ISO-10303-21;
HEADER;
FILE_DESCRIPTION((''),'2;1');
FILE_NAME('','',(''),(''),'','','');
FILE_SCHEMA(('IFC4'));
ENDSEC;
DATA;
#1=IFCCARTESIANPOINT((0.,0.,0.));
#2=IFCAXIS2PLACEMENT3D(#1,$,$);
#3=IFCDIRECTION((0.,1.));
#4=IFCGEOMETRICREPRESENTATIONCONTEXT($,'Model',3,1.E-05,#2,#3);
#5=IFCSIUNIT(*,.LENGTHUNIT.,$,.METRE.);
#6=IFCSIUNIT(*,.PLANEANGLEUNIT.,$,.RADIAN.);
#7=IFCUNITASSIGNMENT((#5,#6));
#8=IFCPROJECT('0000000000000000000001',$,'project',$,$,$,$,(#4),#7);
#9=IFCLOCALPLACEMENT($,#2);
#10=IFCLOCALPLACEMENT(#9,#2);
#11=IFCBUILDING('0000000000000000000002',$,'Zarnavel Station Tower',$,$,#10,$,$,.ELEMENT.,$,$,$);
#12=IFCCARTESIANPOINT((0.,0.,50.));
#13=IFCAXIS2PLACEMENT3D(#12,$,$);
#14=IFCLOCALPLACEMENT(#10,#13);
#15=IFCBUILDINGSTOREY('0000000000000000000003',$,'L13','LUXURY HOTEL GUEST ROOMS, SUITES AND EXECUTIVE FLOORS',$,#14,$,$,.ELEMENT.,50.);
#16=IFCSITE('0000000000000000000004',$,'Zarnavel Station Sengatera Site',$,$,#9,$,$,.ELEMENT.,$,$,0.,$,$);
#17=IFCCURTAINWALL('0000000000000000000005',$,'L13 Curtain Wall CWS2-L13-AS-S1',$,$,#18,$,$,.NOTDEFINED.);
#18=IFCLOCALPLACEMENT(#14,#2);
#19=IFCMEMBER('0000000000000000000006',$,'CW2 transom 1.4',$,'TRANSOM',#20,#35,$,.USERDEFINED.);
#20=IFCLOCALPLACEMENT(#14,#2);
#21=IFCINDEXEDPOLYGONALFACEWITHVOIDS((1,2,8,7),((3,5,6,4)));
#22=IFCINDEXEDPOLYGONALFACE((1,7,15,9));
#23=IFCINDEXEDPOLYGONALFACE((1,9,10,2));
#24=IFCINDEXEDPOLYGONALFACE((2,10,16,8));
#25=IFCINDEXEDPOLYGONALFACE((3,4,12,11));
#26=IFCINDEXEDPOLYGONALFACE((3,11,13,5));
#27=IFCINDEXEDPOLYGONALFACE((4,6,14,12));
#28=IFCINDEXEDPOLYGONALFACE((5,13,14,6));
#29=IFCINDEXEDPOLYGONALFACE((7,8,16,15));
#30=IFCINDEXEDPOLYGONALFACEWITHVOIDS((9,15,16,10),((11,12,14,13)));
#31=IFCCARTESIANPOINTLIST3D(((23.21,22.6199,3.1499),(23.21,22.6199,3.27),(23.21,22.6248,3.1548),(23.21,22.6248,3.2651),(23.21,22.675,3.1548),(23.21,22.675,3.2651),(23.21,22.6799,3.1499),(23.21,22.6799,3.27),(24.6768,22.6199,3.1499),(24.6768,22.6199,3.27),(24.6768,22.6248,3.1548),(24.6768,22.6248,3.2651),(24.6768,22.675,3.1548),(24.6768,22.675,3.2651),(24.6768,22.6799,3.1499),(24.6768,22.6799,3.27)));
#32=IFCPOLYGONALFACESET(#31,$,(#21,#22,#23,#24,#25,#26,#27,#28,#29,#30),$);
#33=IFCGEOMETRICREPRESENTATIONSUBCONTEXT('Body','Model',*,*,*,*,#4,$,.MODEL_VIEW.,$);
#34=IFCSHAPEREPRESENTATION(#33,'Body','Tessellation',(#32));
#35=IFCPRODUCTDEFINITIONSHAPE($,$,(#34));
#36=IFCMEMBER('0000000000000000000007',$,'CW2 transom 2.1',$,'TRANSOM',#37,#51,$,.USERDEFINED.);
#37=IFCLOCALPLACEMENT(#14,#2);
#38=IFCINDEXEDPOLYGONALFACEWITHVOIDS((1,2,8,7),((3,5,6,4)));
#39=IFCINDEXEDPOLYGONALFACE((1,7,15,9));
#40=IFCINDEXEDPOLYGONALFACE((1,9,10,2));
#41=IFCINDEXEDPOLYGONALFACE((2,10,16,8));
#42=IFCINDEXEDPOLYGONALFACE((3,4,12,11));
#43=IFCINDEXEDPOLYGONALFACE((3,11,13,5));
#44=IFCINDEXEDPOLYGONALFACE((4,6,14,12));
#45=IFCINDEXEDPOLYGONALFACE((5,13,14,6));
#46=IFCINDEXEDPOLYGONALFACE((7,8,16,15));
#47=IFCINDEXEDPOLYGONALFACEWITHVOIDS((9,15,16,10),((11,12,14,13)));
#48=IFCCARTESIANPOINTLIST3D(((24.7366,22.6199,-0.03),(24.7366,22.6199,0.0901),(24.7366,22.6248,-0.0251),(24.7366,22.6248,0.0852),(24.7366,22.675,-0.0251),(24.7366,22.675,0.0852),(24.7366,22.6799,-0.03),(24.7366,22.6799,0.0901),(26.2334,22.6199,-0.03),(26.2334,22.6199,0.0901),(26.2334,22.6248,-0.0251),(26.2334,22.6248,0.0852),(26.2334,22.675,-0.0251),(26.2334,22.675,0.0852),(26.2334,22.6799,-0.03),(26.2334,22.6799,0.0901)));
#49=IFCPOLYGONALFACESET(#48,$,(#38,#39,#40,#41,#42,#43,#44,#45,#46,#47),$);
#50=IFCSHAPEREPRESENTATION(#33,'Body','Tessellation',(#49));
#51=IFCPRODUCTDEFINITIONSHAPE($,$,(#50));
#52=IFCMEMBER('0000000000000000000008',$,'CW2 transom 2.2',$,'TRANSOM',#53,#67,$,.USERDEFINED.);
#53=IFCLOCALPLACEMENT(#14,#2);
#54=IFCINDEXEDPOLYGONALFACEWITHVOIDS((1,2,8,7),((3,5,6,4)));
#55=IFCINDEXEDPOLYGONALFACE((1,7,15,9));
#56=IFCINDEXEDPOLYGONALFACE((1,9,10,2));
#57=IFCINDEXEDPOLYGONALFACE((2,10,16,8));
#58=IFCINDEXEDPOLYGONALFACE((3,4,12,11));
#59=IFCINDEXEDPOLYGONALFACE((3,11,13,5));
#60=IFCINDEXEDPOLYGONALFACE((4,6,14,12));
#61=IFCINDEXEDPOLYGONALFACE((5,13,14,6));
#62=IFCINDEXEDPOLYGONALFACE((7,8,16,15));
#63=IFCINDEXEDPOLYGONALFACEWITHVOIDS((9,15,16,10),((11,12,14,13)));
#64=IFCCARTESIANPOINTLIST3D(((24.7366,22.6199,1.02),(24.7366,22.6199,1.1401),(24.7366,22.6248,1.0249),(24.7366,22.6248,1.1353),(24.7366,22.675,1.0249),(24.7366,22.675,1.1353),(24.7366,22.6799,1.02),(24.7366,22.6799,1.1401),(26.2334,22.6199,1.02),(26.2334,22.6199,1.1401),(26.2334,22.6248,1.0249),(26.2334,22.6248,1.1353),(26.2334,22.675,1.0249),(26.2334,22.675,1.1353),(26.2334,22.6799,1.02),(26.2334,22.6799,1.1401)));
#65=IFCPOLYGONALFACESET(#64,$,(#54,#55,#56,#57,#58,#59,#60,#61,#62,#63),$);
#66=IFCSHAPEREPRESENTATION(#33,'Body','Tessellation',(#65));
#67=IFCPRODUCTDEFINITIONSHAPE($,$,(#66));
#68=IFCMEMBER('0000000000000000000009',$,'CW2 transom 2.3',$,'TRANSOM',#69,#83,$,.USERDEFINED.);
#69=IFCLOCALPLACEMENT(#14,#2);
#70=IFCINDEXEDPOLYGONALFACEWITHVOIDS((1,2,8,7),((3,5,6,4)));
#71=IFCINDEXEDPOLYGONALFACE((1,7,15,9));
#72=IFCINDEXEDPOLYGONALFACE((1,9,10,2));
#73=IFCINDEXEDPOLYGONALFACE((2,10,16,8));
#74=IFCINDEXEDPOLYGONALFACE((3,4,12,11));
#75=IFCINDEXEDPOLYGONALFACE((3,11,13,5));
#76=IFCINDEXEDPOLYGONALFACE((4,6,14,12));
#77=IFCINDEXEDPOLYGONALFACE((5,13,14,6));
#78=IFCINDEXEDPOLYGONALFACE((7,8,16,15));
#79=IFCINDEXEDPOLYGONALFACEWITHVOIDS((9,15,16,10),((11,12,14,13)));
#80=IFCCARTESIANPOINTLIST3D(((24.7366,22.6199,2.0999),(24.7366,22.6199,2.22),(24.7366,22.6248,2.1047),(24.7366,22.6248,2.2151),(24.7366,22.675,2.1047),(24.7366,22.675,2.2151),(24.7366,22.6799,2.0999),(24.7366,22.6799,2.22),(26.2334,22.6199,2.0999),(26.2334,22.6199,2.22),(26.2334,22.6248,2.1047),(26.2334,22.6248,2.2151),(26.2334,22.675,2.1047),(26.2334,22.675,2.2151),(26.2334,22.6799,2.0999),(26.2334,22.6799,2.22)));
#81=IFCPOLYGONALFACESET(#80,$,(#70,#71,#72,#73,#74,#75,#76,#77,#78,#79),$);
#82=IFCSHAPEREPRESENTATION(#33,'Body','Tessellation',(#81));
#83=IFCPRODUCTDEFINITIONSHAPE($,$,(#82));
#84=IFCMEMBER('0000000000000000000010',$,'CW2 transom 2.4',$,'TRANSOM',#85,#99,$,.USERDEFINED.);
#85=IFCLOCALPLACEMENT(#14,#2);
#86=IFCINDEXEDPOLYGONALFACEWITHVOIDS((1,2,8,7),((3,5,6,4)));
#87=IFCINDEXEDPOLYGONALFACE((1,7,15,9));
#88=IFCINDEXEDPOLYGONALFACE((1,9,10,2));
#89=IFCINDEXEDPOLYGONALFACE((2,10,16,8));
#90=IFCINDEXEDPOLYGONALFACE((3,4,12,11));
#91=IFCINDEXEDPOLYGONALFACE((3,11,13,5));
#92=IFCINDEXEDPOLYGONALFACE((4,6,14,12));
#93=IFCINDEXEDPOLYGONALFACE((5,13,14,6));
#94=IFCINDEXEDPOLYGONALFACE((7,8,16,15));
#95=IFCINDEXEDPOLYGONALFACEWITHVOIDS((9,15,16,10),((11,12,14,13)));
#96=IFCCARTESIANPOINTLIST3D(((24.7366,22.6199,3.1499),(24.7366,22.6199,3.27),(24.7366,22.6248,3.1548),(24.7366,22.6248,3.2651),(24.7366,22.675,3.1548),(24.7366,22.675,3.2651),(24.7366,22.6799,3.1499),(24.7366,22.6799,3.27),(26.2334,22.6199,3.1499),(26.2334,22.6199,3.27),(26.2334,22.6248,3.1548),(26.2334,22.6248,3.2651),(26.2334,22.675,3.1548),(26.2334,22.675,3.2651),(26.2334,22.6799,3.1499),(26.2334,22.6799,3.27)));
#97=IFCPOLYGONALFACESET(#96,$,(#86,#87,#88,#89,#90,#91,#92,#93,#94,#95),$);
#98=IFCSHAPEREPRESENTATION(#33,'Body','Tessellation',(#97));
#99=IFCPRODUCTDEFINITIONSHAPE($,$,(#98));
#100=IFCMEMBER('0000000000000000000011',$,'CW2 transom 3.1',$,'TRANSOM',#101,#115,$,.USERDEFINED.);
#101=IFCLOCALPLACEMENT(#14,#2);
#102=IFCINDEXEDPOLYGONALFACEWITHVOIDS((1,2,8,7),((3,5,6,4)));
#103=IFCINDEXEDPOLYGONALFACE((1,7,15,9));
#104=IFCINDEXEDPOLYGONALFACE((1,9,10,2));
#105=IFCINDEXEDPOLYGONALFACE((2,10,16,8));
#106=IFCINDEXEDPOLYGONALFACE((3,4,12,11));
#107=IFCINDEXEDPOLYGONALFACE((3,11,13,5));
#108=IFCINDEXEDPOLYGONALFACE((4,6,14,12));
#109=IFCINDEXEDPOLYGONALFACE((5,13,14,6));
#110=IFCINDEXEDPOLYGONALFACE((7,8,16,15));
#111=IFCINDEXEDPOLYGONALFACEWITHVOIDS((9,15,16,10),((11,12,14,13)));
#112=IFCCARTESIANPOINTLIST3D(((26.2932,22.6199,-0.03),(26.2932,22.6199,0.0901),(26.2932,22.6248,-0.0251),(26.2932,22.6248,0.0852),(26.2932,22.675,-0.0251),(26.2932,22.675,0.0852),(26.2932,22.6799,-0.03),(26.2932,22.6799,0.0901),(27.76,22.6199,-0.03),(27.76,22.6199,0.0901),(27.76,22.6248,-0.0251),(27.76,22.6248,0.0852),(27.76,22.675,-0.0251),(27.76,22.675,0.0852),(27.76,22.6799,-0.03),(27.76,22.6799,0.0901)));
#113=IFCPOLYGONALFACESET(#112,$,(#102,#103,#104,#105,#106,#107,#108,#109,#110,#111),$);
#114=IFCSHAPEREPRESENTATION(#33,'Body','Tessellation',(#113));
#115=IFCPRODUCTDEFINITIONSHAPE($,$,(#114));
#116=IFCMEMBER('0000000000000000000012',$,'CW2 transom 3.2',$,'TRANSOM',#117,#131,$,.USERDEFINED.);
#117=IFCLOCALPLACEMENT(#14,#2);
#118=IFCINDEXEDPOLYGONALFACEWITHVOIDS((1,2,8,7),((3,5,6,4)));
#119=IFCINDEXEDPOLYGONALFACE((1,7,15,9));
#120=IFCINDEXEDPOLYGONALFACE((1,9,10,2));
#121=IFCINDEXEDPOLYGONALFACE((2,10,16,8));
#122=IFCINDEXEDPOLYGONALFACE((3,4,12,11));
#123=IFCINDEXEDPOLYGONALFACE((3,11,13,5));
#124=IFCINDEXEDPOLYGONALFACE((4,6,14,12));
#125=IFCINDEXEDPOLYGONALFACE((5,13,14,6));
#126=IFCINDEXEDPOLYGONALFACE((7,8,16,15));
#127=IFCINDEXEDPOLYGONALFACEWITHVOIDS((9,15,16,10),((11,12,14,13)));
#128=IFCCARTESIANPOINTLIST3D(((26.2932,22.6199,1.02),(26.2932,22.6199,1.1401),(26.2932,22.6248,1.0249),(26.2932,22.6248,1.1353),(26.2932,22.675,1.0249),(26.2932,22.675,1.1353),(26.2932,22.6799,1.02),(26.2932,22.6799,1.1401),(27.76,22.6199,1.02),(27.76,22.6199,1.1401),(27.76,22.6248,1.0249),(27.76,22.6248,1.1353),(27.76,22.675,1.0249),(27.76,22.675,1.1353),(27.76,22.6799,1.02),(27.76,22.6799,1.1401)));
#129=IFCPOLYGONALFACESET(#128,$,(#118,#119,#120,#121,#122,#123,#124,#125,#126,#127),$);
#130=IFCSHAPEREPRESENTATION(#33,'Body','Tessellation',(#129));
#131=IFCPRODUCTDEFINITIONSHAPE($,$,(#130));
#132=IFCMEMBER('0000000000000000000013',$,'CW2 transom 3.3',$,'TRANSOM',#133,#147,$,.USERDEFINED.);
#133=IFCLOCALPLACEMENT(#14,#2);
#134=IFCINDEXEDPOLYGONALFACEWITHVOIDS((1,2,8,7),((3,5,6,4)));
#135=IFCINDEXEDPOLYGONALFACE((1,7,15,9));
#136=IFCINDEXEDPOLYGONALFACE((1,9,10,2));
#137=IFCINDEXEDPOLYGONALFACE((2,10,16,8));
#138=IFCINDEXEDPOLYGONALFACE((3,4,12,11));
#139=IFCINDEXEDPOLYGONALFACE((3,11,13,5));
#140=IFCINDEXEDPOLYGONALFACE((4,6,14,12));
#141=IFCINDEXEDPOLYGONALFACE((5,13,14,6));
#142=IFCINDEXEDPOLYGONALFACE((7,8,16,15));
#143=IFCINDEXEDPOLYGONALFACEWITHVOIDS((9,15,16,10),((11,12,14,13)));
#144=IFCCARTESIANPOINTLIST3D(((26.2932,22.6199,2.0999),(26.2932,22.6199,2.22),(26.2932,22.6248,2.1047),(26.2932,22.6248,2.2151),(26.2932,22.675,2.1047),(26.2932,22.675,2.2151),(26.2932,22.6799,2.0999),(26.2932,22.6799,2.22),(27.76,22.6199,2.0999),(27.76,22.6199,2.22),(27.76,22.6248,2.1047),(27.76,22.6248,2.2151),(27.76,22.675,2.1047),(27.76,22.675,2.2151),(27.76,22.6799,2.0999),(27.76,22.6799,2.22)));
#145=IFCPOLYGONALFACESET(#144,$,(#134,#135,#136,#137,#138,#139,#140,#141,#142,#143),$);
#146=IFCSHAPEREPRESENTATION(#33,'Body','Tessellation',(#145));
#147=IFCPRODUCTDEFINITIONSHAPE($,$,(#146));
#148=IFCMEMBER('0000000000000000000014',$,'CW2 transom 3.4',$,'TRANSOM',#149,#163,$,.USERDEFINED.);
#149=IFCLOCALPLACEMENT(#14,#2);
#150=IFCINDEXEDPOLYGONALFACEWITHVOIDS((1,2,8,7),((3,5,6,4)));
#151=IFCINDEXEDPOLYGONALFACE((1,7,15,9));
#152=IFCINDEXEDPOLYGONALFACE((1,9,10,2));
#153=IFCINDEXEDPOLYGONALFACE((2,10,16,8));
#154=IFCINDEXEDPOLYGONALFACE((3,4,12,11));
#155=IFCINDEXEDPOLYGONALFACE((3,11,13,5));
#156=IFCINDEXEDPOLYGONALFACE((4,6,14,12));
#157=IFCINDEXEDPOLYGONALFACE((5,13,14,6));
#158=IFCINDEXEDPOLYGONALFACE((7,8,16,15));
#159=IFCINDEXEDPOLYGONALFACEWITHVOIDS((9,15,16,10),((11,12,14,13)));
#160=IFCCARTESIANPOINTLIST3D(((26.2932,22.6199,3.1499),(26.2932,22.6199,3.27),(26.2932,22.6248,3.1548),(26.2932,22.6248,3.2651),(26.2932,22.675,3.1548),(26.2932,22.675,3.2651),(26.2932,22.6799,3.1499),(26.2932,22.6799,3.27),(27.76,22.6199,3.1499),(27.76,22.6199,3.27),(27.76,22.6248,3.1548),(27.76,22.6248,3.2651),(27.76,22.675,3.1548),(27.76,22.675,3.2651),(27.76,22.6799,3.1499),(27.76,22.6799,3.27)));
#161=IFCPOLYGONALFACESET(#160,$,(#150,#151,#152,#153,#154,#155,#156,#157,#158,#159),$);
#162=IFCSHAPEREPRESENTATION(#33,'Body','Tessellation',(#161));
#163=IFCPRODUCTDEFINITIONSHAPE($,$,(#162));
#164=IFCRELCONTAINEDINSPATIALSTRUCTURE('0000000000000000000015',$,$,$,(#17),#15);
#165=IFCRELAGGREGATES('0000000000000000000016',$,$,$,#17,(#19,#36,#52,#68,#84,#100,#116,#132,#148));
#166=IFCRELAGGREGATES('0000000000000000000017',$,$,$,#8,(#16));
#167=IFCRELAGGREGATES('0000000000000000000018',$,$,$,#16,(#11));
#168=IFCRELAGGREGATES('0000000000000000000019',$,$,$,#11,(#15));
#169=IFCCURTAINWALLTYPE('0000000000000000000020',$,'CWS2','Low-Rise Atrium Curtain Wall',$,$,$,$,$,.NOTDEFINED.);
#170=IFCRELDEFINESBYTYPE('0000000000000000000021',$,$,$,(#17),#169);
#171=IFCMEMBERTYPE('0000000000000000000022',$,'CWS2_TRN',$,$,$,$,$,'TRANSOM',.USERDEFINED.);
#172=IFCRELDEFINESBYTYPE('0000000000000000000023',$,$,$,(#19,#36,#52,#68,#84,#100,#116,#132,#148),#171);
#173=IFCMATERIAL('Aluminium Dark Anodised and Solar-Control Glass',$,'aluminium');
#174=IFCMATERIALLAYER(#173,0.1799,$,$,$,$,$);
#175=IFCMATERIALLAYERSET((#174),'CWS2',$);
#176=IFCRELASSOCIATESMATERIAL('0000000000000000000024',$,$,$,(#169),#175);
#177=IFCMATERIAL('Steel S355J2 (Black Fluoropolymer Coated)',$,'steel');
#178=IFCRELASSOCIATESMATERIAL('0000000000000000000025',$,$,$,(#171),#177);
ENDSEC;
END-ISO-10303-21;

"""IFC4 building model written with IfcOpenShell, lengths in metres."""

from ifc_helpers import new_model, si_unit, direction, frame, origin, origin_2d, place, context, subcontext, project, spatial, hollow_rectangle, extrude, material, layer, layer_set, material_profile, profile_set, type_object, element, aggregate, save


model = new_model("IFC4")

# Units and contexts
model_context = context("Model", 3, precision=1e-05, world=origin(), true_north=direction((0.0, 1.0)))
body_context = subcontext(model_context, "Body", "Model", "MODEL_VIEW")
ifc_project = project(units=[si_unit("LENGTHUNIT", "METRE"), si_unit("PLANEANGLEUNIT", "RADIAN")], contexts=[model_context])

# Site, building, storey
site_placement = place(None, origin())
site = spatial("IfcSite", under=ifc_project, at=site_placement, Name="Zarnavel Station Sengatera Site", CompositionType="ELEMENT", RefElevation=0.0)
building_placement = place(site_placement, origin())
building = spatial("IfcBuilding", under=site, at=building_placement, Name="Zarnavel Station Tower", CompositionType="ELEMENT")
storey_placement = place(building_placement, frame((0.0, 0.0, 50.0)))
storey = spatial("IfcBuildingStorey", under=building, at=storey_placement, Name="L13", Description="LUXURY HOTEL GUEST ROOMS, SUITES AND EXECUTIVE FLOORS", CompositionType="ELEMENT", Elevation=50.0)

# Curtain wall, members
ifc_material_1 = material(Name="Aluminium Dark Anodised and Solar-Control Glass", Category="aluminium")
ifc_layer_1 = layer(ifc_material_1, 0.1799)
ifc_layer_set_1 = layer_set([ifc_layer_1], Name="CWS2")
curtain_wall_type = type_object("IfcCurtainWallType", Name="CWS2", Description="Low-Rise Atrium Curtain Wall", PredefinedType="NOTDEFINED", material=ifc_layer_set_1)
curtain_wall_placement = place(storey_placement, origin())
curtain_wall = element("IfcCurtainWall", 1, at=curtain_wall_placement, inside=storey, type_object=curtain_wall_type, Name="L13 Curtain Wall CWS2-L13-AS-S1", PredefinedType="NOTDEFINED")
ifc_material_2 = material(Name="Steel S355J2 (Black Fluoropolymer Coated)", Category="steel")
ifc_material_profile_1 = material_profile(ifc_material_2, hollow_rectangle(XDim=0.0601, YDim=0.1201, WallThickness=0.0049, at=origin_2d()), Name="RHS120x60x5")
ifc_profile_set_1 = profile_set([ifc_material_profile_1], Name="Steel S355J2 (Black Fluoropolymer Coated)")
member_type_1 = type_object("IfcMemberType", Name="CWS2_TRN", ElementType="TRANSOM", PredefinedType="USERDEFINED", material=ifc_profile_set_1)
member_1_placement = place(storey_placement, frame((23.21, 22.6499, 3.21), z_axis=(1.0, 0.0, 0.0), x_axis=(0.0, 1.0, 0.0)))
member_1 = element("IfcMember", 2, at=member_1_placement, type_object=member_type_1, Name="CW2 transom 1.4", ObjectType="TRANSOM", PredefinedType="USERDEFINED", context=body_context, shape_type="SweptSolid", body=[
    extrude(hollow_rectangle(XDim=0.0601, YDim=0.1201, WallThickness=0.0049, at=origin_2d()), origin(), (0.0, 0.0, 1.0), 1.4668),
])
member_2_placement = place(storey_placement, frame((24.7366, 22.6499, 0.03), z_axis=(1.0, 0.0, 0.0), x_axis=(0.0, 1.0, 0.0)))
member_2 = element("IfcMember", 3, at=member_2_placement, type_object=member_type_1, Name="CW2 transom 2.1", ObjectType="TRANSOM", PredefinedType="USERDEFINED", context=body_context, shape_type="SweptSolid", body=[
    extrude(hollow_rectangle(XDim=0.0601, YDim=0.1201, WallThickness=0.0049, at=origin_2d()), origin(), (0.0, 0.0, 1.0), 1.4968),
])
member_3_placement = place(storey_placement, frame((24.7366, 22.6499, 1.0801), z_axis=(1.0, 0.0, 0.0), x_axis=(0.0, 1.0, 0.0)))
member_3 = element("IfcMember", 4, at=member_3_placement, type_object=member_type_1, Name="CW2 transom 2.2", ObjectType="TRANSOM", PredefinedType="USERDEFINED", context=body_context, shape_type="SweptSolid", body=[
    extrude(hollow_rectangle(XDim=0.0601, YDim=0.1201, WallThickness=0.0049, at=origin_2d()), origin(), (0.0, 0.0, 1.0), 1.4968),
])
member_4_placement = place(storey_placement, frame((24.7366, 22.6499, 2.1599), z_axis=(1.0, 0.0, 0.0), x_axis=(0.0, 1.0, 0.0)))
member_4 = element("IfcMember", 5, at=member_4_placement, type_object=member_type_1, Name="CW2 transom 2.3", ObjectType="TRANSOM", PredefinedType="USERDEFINED", context=body_context, shape_type="SweptSolid", body=[
    extrude(hollow_rectangle(XDim=0.0601, YDim=0.1201, WallThickness=0.0049, at=origin_2d()), origin(), (0.0, 0.0, 1.0), 1.4968),
])
member_5_placement = place(storey_placement, frame((24.7366, 22.6499, 3.21), z_axis=(1.0, 0.0, 0.0), x_axis=(0.0, 1.0, 0.0)))
member_5 = element("IfcMember", 6, at=member_5_placement, type_object=member_type_1, Name="CW2 transom 2.4", ObjectType="TRANSOM", PredefinedType="USERDEFINED", context=body_context, shape_type="SweptSolid", body=[
    extrude(hollow_rectangle(XDim=0.0601, YDim=0.1201, WallThickness=0.0049, at=origin_2d()), origin(), (0.0, 0.0, 1.0), 1.4968),
])
member_6_placement = place(storey_placement, frame((26.2932, 22.6499, 0.03), z_axis=(1.0, 0.0, 0.0), x_axis=(0.0, 1.0, 0.0)))
member_6 = element("IfcMember", 7, at=member_6_placement, type_object=member_type_1, Name="CW2 transom 3.1", ObjectType="TRANSOM", PredefinedType="USERDEFINED", context=body_context, shape_type="SweptSolid", body=[
    extrude(hollow_rectangle(XDim=0.0601, YDim=0.1201, WallThickness=0.0049, at=origin_2d()), origin(), (0.0, 0.0, 1.0), 1.4668),
])
member_7_placement = place(storey_placement, frame((26.2932, 22.6499, 1.0801), z_axis=(1.0, 0.0, 0.0), x_axis=(0.0, 1.0, 0.0)))
member_7 = element("IfcMember", 8, at=member_7_placement, type_object=member_type_1, Name="CW2 transom 3.2", ObjectType="TRANSOM", PredefinedType="USERDEFINED", context=body_context, shape_type="SweptSolid", body=[
    extrude(hollow_rectangle(XDim=0.0601, YDim=0.1201, WallThickness=0.0049, at=origin_2d()), origin(), (0.0, 0.0, 1.0), 1.4668),
])
member_8_placement = place(storey_placement, frame((26.2932, 22.6499, 2.1599), z_axis=(1.0, 0.0, 0.0), x_axis=(0.0, 1.0, 0.0)))
member_8 = element("IfcMember", 9, at=member_8_placement, type_object=member_type_1, Name="CW2 transom 3.3", ObjectType="TRANSOM", PredefinedType="USERDEFINED", context=body_context, shape_type="SweptSolid", body=[
    extrude(hollow_rectangle(XDim=0.0601, YDim=0.1201, WallThickness=0.0049, at=origin_2d()), origin(), (0.0, 0.0, 1.0), 1.4668),
])
member_9_placement = place(storey_placement, frame((26.2932, 22.6499, 3.21), z_axis=(1.0, 0.0, 0.0), x_axis=(0.0, 1.0, 0.0)))
member_9 = element("IfcMember", 10, at=member_9_placement, type_object=member_type_1, Name="CW2 transom 3.4", ObjectType="TRANSOM", PredefinedType="USERDEFINED", context=body_context, shape_type="SweptSolid", body=[
    extrude(hollow_rectangle(XDim=0.0601, YDim=0.1201, WallThickness=0.0049, at=origin_2d()), origin(), (0.0, 0.0, 1.0), 1.4668),
])

aggregate(curtain_wall, [member_1, member_2, member_3, member_4, member_5, member_6, member_7, member_8, member_9])

save(model, "model.ifc")
